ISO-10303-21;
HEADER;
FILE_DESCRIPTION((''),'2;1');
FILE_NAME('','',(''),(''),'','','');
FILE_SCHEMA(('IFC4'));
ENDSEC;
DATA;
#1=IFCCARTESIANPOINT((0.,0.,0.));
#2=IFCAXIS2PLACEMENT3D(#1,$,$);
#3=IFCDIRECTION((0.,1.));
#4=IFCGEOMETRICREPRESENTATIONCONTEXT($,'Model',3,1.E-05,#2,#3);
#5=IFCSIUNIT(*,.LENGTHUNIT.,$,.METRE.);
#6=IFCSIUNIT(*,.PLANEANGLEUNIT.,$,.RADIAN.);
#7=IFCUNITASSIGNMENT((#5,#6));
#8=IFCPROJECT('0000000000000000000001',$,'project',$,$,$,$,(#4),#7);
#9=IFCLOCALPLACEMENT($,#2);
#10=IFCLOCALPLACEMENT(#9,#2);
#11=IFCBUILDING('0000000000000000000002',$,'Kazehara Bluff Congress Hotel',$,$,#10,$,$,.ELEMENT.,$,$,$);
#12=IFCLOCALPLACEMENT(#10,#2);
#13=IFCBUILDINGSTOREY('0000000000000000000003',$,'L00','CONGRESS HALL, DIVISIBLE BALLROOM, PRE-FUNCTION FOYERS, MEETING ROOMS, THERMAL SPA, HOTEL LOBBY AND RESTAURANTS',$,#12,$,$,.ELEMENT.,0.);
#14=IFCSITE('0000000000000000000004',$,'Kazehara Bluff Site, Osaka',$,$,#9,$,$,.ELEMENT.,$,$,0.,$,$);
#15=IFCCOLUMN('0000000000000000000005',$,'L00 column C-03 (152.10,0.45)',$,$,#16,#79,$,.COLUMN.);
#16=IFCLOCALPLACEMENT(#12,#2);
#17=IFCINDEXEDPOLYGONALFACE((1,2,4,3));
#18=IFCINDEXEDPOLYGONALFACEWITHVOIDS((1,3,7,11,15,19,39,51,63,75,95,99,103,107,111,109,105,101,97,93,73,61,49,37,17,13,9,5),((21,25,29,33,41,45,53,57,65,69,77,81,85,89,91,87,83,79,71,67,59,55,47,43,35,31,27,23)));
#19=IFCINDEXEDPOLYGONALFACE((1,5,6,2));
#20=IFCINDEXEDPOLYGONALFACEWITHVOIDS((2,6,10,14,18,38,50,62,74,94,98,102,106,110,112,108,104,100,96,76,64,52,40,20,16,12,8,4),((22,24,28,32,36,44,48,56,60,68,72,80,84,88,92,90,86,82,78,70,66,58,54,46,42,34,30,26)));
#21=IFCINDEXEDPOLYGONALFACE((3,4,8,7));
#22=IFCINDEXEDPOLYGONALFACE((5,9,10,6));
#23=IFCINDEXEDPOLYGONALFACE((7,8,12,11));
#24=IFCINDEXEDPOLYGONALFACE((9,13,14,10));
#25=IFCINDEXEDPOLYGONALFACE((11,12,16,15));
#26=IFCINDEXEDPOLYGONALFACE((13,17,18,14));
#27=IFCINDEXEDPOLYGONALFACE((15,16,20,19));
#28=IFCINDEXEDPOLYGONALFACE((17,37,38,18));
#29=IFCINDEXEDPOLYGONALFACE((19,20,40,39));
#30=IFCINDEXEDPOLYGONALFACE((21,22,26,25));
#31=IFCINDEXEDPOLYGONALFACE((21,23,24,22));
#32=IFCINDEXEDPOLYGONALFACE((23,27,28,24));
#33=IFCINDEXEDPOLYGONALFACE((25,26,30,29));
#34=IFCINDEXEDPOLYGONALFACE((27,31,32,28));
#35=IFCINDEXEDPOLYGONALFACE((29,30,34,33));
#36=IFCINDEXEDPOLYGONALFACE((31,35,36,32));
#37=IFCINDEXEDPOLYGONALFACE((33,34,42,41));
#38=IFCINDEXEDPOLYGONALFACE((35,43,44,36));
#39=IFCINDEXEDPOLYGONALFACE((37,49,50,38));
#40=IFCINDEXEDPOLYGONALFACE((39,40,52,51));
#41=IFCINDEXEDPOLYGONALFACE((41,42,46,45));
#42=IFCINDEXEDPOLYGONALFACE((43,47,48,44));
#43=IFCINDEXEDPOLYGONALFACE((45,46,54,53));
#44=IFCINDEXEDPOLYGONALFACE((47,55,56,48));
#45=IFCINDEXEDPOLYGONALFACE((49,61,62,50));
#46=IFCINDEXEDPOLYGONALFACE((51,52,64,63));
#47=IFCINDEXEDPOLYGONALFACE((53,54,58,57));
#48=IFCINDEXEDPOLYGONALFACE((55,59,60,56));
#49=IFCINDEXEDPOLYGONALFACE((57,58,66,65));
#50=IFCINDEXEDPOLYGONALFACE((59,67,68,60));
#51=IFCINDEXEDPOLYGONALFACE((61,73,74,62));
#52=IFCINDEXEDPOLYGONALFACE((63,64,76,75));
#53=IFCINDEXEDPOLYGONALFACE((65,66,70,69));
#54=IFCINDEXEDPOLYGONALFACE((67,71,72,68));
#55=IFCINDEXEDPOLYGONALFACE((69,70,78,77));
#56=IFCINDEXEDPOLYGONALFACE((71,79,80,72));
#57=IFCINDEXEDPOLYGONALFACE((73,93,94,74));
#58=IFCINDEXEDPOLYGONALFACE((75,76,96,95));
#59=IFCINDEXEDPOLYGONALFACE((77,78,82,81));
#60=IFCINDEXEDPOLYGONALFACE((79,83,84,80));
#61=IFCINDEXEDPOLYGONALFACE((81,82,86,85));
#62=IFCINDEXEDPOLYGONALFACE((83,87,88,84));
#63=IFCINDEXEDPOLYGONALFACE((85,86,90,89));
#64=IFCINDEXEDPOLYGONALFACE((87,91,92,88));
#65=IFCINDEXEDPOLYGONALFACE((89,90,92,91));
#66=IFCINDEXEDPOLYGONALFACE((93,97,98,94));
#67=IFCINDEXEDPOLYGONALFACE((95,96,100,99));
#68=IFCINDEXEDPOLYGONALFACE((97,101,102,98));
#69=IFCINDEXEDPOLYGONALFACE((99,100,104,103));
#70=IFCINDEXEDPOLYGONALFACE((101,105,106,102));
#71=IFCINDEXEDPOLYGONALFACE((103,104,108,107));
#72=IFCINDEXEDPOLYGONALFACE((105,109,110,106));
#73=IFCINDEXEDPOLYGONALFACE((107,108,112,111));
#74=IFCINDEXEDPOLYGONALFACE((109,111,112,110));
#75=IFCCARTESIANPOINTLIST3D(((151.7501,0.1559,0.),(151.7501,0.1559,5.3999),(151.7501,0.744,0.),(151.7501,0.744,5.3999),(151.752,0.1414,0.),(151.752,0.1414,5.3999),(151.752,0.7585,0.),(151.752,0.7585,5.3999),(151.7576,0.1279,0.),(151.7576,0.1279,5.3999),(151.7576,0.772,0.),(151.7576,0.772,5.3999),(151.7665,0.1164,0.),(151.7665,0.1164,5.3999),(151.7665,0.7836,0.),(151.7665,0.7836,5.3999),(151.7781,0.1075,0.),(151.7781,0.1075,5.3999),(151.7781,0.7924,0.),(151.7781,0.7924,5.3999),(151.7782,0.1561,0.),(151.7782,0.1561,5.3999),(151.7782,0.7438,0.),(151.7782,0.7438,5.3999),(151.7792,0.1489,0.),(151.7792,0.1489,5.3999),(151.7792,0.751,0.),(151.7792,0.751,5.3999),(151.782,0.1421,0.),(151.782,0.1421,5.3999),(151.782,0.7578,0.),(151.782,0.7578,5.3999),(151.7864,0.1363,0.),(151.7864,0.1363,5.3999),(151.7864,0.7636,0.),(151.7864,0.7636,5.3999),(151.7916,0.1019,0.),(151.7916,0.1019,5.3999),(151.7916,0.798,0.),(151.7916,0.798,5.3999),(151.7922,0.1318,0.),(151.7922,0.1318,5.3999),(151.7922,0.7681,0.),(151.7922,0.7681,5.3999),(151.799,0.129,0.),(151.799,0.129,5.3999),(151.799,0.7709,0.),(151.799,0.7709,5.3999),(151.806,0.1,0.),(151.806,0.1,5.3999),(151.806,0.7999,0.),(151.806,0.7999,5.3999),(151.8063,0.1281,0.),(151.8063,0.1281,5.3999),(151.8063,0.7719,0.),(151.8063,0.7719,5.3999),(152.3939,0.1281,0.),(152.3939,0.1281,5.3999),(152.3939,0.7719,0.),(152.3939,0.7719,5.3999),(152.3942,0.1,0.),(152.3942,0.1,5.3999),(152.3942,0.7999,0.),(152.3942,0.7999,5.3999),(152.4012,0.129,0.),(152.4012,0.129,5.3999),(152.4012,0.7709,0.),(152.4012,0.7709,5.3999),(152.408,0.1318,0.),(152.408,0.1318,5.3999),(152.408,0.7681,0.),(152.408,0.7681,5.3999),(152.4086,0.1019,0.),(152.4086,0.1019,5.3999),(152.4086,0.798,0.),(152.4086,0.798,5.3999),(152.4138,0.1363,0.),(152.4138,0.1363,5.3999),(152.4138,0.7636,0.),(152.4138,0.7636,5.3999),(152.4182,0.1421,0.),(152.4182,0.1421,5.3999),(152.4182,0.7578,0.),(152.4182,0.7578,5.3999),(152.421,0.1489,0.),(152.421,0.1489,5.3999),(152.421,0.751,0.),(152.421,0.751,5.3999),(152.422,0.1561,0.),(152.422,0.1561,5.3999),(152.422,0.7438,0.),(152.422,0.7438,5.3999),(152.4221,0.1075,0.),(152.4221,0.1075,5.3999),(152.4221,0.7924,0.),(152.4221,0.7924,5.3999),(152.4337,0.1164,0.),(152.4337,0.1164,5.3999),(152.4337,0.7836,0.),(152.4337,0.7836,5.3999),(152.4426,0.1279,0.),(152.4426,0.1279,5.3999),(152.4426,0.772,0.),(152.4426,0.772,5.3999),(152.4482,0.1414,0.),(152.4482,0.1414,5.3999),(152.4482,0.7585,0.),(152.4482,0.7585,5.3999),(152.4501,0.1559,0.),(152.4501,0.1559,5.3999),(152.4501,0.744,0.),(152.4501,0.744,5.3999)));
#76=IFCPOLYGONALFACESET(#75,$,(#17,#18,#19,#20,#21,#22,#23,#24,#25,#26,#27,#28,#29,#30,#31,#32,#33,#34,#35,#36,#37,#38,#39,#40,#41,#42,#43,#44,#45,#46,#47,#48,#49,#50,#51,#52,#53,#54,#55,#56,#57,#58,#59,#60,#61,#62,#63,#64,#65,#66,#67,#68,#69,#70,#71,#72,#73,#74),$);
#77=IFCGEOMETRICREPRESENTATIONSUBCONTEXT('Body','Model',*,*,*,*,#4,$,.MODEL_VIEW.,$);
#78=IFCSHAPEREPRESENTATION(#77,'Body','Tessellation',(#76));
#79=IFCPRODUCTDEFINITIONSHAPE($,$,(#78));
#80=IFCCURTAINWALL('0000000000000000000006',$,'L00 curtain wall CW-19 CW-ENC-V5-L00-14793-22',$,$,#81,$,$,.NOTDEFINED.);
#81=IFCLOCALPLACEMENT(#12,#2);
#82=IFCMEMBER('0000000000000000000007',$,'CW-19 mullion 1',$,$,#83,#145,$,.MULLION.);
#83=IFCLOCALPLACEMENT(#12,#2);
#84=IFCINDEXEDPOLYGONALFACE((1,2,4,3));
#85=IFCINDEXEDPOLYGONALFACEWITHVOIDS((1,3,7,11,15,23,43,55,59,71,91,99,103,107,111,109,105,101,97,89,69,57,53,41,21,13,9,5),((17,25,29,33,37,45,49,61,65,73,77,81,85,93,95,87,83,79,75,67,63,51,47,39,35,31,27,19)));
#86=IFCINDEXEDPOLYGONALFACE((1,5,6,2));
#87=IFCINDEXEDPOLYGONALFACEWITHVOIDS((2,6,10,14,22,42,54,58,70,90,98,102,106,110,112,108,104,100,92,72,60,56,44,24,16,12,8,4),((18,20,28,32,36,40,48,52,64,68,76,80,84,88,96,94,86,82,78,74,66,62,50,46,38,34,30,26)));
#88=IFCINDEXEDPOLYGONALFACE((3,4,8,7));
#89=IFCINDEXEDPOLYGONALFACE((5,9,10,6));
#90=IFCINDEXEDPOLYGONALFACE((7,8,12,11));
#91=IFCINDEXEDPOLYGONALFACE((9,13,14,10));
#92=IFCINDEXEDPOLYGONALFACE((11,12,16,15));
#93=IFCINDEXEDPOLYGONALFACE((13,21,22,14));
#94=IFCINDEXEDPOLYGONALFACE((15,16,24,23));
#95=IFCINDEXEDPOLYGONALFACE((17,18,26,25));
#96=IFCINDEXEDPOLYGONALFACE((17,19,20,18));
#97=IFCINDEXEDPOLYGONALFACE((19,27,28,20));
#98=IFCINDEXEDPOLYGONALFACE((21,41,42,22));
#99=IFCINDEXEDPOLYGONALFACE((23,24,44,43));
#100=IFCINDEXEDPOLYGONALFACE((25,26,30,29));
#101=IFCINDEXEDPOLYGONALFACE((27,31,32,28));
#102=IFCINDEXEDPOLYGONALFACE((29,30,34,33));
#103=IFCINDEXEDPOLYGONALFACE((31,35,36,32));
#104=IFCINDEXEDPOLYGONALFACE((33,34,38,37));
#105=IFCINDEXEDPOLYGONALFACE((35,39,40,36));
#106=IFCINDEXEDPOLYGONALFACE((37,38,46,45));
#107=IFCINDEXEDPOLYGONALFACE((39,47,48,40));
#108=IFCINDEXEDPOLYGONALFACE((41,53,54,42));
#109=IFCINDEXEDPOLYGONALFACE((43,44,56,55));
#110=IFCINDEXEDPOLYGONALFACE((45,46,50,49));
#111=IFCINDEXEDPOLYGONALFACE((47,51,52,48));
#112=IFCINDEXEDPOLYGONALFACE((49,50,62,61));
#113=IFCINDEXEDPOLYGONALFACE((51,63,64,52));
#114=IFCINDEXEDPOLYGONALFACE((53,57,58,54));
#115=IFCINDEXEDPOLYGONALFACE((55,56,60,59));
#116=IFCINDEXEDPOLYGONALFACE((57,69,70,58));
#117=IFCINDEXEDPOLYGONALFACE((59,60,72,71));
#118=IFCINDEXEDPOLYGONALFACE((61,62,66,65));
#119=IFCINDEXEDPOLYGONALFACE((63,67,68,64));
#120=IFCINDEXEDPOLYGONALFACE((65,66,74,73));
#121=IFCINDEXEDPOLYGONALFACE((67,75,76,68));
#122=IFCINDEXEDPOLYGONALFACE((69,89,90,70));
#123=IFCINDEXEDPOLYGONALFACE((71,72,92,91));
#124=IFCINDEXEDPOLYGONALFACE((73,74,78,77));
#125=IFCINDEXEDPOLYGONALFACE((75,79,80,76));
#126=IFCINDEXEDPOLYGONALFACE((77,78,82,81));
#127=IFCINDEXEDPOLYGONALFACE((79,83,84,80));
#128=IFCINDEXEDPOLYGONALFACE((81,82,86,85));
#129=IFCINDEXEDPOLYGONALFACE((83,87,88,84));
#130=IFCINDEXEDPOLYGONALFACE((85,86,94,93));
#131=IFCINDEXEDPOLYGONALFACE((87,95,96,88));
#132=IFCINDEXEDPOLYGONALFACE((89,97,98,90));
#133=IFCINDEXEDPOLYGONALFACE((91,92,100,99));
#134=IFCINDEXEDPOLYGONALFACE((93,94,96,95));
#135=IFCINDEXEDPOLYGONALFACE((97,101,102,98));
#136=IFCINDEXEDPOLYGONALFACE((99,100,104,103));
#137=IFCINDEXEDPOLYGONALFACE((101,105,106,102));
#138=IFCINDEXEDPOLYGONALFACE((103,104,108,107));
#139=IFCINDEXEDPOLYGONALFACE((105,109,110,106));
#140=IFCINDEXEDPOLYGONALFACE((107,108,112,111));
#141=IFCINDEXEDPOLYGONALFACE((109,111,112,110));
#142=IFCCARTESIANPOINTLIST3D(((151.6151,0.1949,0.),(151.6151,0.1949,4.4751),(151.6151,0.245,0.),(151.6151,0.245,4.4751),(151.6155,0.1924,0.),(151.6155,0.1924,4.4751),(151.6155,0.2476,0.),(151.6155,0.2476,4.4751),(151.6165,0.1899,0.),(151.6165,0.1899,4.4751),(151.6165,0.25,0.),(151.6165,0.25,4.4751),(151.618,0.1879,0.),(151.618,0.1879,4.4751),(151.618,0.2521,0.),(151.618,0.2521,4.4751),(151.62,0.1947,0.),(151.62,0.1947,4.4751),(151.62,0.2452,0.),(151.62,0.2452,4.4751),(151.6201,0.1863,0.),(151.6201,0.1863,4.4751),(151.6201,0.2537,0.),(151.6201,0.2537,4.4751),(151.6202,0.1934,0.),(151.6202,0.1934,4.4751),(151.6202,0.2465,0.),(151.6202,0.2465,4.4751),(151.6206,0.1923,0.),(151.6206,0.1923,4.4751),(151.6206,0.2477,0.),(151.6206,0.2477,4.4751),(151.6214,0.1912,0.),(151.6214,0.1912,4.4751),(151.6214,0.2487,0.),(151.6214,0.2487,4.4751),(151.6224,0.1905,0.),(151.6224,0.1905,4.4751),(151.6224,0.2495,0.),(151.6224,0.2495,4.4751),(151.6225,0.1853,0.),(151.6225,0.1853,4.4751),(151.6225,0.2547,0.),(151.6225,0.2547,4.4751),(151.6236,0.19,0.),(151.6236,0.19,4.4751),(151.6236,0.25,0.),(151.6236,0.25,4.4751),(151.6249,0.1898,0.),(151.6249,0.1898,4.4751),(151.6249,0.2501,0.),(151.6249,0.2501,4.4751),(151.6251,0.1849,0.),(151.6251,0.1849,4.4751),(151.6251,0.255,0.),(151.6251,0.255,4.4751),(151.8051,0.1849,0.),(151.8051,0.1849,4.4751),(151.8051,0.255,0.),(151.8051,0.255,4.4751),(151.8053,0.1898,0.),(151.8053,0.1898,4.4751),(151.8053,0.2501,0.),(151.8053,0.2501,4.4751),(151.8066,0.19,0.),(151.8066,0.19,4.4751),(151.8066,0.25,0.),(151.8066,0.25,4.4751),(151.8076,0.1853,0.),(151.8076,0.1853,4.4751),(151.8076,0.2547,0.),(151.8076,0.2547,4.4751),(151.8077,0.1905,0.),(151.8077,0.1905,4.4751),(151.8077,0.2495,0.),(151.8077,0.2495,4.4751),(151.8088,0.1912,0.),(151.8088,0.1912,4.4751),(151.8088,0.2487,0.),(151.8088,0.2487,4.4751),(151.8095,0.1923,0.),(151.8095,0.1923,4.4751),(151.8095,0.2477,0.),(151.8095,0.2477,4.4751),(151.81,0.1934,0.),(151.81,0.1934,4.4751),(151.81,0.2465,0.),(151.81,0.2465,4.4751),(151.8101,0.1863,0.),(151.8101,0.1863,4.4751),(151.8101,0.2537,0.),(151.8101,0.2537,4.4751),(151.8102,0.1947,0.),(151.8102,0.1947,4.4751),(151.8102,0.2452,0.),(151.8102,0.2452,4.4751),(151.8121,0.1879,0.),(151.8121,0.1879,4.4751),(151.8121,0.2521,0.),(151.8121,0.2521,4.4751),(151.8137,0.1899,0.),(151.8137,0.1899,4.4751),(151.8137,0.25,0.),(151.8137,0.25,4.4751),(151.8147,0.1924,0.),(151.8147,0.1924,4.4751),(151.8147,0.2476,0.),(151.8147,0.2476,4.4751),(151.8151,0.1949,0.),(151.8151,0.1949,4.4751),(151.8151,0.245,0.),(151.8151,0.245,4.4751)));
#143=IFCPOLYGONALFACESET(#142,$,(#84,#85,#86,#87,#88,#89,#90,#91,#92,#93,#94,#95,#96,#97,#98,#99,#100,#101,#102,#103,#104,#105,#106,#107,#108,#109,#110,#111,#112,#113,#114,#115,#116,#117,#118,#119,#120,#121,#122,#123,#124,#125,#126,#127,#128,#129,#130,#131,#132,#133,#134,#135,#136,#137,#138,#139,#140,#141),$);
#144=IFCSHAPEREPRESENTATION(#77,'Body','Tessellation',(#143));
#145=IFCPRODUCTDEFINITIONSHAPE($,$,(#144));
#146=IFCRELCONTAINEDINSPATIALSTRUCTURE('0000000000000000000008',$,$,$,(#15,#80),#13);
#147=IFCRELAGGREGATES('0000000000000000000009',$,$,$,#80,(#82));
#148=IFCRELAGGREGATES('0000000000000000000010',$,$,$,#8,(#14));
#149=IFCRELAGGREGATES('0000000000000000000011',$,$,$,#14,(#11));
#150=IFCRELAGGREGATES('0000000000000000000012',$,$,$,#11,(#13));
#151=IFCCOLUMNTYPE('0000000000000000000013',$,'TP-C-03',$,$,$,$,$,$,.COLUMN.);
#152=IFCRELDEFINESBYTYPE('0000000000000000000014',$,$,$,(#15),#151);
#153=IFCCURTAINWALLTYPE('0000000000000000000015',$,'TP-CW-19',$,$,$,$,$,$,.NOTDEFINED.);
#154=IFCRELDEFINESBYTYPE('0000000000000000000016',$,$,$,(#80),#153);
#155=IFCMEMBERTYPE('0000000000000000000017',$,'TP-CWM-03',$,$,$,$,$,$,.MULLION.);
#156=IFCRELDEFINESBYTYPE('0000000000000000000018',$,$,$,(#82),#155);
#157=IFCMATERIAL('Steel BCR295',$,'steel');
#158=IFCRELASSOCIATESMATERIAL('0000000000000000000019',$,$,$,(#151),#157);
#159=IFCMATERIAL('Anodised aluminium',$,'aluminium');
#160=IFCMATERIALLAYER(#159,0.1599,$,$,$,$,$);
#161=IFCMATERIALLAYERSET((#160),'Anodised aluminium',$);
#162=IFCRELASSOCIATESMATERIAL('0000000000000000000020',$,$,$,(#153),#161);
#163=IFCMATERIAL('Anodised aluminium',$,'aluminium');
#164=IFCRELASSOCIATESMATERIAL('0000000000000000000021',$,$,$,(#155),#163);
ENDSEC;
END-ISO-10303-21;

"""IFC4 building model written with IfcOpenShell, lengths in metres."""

from ifc_helpers import new_model, si_unit, direction, frame, origin, origin_2d, place, context, subcontext, project, spatial, hollow_rectangle, extrude, material, layer, layer_set, material_profile, profile_set, type_object, element, aggregate, save


model = new_model("IFC4")

# Units and contexts
model_context = context("Model", 3, precision=1e-05, world=origin(), true_north=direction((0.0, 1.0)))
body_context = subcontext(model_context, "Body", "Model", "MODEL_VIEW")
ifc_project = project(units=[si_unit("LENGTHUNIT", "METRE"), si_unit("PLANEANGLEUNIT", "RADIAN")], contexts=[model_context])

# Site, building, storey
site_placement = place(None, origin())
site = spatial("IfcSite", under=ifc_project, at=site_placement, Name="Kazehara Bluff Site, Osaka", CompositionType="ELEMENT", RefElevation=0.0)
building_placement = place(site_placement, origin())
building = spatial("IfcBuilding", under=site, at=building_placement, Name="Kazehara Bluff Congress Hotel", CompositionType="ELEMENT")
storey_placement = place(building_placement, origin())
storey = spatial("IfcBuildingStorey", under=building, at=storey_placement, Name="L00", Description="CONGRESS HALL, DIVISIBLE BALLROOM, PRE-FUNCTION FOYERS, MEETING ROOMS, THERMAL SPA, HOTEL LOBBY AND RESTAURANTS", CompositionType="ELEMENT", Elevation=0.0)

# Column
ifc_material_1 = material(Name="Steel BCR295", Category="steel")
ifc_material_profile_1 = material_profile(ifc_material_1, hollow_rectangle(XDim=0.7, YDim=0.7, WallThickness=0.0281, InnerFilletRadius=0.0281, OuterFilletRadius=0.0559, at=origin_2d()))
ifc_profile_set_1 = profile_set([ifc_material_profile_1], Name="Steel BCR295")
column_type = type_object("IfcColumnType", Name="TP-C-03", PredefinedType="COLUMN", material=ifc_profile_set_1)
column_placement = place(storey_placement, frame((152.1001, 0.45, 0.0), z_axis=(0.0, 0.0, 1.0), x_axis=(1.0, 0.0, 0.0)))
element("IfcColumn", 1, at=column_placement, inside=storey, type_object=column_type, Name="L00 column C-03 (152.10,0.45)", PredefinedType="COLUMN", context=body_context, shape_type="SweptSolid", body=[
    extrude(hollow_rectangle(XDim=0.7, YDim=0.7, WallThickness=0.0281, InnerFilletRadius=0.0281, OuterFilletRadius=0.0559, at=origin_2d()), origin(), (0.0, 0.0, 1.0), 5.3999),
])

# Curtain wall, member
ifc_material_2 = material(Name="Anodised aluminium", Category="aluminium")
ifc_layer_1 = layer(ifc_material_2, 0.1599)
ifc_layer_set_1 = layer_set([ifc_layer_1], Name="Anodised aluminium")
curtain_wall_type = type_object("IfcCurtainWallType", Name="TP-CW-19", PredefinedType="NOTDEFINED", material=ifc_layer_set_1)
curtain_wall_placement = place(storey_placement, origin())
curtain_wall = element("IfcCurtainWall", 2, at=curtain_wall_placement, inside=storey, type_object=curtain_wall_type, Name="L00 curtain wall CW-19 CW-ENC-V5-L00-14793-22", PredefinedType="NOTDEFINED")
ifc_material_3 = material(Name="Anodised aluminium", Category="aluminium")
ifc_material_profile_2 = material_profile(ifc_material_3, hollow_rectangle(XDim=0.0701, YDim=0.2, WallThickness=0.0049, InnerFilletRadius=0.0049, OuterFilletRadius=0.01, at=origin_2d()))
ifc_profile_set_2 = profile_set([ifc_material_profile_2], Name="Anodised aluminium")
member_type_1 = type_object("IfcMemberType", Name="TP-CWM-03", PredefinedType="MULLION", material=ifc_profile_set_2)
member_1_placement = place(storey_placement, frame((151.7151, 0.22, 0.0), z_axis=(0.0, 0.0, 1.0), x_axis=(0.0, -1.0, 0.0)))
member_1 = element("IfcMember", 3, at=member_1_placement, type_object=member_type_1, Name="CW-19 mullion 1", PredefinedType="MULLION", context=body_context, shape_type="SweptSolid", body=[
    extrude(hollow_rectangle(XDim=0.0701, YDim=0.2, WallThickness=0.0049, InnerFilletRadius=0.0049, OuterFilletRadius=0.01, at=origin_2d()), origin(), (0.0, 0.0, 1.0), 4.4751),
])

aggregate(curtain_wall, [member_1])

save(model, "model.ifc")
